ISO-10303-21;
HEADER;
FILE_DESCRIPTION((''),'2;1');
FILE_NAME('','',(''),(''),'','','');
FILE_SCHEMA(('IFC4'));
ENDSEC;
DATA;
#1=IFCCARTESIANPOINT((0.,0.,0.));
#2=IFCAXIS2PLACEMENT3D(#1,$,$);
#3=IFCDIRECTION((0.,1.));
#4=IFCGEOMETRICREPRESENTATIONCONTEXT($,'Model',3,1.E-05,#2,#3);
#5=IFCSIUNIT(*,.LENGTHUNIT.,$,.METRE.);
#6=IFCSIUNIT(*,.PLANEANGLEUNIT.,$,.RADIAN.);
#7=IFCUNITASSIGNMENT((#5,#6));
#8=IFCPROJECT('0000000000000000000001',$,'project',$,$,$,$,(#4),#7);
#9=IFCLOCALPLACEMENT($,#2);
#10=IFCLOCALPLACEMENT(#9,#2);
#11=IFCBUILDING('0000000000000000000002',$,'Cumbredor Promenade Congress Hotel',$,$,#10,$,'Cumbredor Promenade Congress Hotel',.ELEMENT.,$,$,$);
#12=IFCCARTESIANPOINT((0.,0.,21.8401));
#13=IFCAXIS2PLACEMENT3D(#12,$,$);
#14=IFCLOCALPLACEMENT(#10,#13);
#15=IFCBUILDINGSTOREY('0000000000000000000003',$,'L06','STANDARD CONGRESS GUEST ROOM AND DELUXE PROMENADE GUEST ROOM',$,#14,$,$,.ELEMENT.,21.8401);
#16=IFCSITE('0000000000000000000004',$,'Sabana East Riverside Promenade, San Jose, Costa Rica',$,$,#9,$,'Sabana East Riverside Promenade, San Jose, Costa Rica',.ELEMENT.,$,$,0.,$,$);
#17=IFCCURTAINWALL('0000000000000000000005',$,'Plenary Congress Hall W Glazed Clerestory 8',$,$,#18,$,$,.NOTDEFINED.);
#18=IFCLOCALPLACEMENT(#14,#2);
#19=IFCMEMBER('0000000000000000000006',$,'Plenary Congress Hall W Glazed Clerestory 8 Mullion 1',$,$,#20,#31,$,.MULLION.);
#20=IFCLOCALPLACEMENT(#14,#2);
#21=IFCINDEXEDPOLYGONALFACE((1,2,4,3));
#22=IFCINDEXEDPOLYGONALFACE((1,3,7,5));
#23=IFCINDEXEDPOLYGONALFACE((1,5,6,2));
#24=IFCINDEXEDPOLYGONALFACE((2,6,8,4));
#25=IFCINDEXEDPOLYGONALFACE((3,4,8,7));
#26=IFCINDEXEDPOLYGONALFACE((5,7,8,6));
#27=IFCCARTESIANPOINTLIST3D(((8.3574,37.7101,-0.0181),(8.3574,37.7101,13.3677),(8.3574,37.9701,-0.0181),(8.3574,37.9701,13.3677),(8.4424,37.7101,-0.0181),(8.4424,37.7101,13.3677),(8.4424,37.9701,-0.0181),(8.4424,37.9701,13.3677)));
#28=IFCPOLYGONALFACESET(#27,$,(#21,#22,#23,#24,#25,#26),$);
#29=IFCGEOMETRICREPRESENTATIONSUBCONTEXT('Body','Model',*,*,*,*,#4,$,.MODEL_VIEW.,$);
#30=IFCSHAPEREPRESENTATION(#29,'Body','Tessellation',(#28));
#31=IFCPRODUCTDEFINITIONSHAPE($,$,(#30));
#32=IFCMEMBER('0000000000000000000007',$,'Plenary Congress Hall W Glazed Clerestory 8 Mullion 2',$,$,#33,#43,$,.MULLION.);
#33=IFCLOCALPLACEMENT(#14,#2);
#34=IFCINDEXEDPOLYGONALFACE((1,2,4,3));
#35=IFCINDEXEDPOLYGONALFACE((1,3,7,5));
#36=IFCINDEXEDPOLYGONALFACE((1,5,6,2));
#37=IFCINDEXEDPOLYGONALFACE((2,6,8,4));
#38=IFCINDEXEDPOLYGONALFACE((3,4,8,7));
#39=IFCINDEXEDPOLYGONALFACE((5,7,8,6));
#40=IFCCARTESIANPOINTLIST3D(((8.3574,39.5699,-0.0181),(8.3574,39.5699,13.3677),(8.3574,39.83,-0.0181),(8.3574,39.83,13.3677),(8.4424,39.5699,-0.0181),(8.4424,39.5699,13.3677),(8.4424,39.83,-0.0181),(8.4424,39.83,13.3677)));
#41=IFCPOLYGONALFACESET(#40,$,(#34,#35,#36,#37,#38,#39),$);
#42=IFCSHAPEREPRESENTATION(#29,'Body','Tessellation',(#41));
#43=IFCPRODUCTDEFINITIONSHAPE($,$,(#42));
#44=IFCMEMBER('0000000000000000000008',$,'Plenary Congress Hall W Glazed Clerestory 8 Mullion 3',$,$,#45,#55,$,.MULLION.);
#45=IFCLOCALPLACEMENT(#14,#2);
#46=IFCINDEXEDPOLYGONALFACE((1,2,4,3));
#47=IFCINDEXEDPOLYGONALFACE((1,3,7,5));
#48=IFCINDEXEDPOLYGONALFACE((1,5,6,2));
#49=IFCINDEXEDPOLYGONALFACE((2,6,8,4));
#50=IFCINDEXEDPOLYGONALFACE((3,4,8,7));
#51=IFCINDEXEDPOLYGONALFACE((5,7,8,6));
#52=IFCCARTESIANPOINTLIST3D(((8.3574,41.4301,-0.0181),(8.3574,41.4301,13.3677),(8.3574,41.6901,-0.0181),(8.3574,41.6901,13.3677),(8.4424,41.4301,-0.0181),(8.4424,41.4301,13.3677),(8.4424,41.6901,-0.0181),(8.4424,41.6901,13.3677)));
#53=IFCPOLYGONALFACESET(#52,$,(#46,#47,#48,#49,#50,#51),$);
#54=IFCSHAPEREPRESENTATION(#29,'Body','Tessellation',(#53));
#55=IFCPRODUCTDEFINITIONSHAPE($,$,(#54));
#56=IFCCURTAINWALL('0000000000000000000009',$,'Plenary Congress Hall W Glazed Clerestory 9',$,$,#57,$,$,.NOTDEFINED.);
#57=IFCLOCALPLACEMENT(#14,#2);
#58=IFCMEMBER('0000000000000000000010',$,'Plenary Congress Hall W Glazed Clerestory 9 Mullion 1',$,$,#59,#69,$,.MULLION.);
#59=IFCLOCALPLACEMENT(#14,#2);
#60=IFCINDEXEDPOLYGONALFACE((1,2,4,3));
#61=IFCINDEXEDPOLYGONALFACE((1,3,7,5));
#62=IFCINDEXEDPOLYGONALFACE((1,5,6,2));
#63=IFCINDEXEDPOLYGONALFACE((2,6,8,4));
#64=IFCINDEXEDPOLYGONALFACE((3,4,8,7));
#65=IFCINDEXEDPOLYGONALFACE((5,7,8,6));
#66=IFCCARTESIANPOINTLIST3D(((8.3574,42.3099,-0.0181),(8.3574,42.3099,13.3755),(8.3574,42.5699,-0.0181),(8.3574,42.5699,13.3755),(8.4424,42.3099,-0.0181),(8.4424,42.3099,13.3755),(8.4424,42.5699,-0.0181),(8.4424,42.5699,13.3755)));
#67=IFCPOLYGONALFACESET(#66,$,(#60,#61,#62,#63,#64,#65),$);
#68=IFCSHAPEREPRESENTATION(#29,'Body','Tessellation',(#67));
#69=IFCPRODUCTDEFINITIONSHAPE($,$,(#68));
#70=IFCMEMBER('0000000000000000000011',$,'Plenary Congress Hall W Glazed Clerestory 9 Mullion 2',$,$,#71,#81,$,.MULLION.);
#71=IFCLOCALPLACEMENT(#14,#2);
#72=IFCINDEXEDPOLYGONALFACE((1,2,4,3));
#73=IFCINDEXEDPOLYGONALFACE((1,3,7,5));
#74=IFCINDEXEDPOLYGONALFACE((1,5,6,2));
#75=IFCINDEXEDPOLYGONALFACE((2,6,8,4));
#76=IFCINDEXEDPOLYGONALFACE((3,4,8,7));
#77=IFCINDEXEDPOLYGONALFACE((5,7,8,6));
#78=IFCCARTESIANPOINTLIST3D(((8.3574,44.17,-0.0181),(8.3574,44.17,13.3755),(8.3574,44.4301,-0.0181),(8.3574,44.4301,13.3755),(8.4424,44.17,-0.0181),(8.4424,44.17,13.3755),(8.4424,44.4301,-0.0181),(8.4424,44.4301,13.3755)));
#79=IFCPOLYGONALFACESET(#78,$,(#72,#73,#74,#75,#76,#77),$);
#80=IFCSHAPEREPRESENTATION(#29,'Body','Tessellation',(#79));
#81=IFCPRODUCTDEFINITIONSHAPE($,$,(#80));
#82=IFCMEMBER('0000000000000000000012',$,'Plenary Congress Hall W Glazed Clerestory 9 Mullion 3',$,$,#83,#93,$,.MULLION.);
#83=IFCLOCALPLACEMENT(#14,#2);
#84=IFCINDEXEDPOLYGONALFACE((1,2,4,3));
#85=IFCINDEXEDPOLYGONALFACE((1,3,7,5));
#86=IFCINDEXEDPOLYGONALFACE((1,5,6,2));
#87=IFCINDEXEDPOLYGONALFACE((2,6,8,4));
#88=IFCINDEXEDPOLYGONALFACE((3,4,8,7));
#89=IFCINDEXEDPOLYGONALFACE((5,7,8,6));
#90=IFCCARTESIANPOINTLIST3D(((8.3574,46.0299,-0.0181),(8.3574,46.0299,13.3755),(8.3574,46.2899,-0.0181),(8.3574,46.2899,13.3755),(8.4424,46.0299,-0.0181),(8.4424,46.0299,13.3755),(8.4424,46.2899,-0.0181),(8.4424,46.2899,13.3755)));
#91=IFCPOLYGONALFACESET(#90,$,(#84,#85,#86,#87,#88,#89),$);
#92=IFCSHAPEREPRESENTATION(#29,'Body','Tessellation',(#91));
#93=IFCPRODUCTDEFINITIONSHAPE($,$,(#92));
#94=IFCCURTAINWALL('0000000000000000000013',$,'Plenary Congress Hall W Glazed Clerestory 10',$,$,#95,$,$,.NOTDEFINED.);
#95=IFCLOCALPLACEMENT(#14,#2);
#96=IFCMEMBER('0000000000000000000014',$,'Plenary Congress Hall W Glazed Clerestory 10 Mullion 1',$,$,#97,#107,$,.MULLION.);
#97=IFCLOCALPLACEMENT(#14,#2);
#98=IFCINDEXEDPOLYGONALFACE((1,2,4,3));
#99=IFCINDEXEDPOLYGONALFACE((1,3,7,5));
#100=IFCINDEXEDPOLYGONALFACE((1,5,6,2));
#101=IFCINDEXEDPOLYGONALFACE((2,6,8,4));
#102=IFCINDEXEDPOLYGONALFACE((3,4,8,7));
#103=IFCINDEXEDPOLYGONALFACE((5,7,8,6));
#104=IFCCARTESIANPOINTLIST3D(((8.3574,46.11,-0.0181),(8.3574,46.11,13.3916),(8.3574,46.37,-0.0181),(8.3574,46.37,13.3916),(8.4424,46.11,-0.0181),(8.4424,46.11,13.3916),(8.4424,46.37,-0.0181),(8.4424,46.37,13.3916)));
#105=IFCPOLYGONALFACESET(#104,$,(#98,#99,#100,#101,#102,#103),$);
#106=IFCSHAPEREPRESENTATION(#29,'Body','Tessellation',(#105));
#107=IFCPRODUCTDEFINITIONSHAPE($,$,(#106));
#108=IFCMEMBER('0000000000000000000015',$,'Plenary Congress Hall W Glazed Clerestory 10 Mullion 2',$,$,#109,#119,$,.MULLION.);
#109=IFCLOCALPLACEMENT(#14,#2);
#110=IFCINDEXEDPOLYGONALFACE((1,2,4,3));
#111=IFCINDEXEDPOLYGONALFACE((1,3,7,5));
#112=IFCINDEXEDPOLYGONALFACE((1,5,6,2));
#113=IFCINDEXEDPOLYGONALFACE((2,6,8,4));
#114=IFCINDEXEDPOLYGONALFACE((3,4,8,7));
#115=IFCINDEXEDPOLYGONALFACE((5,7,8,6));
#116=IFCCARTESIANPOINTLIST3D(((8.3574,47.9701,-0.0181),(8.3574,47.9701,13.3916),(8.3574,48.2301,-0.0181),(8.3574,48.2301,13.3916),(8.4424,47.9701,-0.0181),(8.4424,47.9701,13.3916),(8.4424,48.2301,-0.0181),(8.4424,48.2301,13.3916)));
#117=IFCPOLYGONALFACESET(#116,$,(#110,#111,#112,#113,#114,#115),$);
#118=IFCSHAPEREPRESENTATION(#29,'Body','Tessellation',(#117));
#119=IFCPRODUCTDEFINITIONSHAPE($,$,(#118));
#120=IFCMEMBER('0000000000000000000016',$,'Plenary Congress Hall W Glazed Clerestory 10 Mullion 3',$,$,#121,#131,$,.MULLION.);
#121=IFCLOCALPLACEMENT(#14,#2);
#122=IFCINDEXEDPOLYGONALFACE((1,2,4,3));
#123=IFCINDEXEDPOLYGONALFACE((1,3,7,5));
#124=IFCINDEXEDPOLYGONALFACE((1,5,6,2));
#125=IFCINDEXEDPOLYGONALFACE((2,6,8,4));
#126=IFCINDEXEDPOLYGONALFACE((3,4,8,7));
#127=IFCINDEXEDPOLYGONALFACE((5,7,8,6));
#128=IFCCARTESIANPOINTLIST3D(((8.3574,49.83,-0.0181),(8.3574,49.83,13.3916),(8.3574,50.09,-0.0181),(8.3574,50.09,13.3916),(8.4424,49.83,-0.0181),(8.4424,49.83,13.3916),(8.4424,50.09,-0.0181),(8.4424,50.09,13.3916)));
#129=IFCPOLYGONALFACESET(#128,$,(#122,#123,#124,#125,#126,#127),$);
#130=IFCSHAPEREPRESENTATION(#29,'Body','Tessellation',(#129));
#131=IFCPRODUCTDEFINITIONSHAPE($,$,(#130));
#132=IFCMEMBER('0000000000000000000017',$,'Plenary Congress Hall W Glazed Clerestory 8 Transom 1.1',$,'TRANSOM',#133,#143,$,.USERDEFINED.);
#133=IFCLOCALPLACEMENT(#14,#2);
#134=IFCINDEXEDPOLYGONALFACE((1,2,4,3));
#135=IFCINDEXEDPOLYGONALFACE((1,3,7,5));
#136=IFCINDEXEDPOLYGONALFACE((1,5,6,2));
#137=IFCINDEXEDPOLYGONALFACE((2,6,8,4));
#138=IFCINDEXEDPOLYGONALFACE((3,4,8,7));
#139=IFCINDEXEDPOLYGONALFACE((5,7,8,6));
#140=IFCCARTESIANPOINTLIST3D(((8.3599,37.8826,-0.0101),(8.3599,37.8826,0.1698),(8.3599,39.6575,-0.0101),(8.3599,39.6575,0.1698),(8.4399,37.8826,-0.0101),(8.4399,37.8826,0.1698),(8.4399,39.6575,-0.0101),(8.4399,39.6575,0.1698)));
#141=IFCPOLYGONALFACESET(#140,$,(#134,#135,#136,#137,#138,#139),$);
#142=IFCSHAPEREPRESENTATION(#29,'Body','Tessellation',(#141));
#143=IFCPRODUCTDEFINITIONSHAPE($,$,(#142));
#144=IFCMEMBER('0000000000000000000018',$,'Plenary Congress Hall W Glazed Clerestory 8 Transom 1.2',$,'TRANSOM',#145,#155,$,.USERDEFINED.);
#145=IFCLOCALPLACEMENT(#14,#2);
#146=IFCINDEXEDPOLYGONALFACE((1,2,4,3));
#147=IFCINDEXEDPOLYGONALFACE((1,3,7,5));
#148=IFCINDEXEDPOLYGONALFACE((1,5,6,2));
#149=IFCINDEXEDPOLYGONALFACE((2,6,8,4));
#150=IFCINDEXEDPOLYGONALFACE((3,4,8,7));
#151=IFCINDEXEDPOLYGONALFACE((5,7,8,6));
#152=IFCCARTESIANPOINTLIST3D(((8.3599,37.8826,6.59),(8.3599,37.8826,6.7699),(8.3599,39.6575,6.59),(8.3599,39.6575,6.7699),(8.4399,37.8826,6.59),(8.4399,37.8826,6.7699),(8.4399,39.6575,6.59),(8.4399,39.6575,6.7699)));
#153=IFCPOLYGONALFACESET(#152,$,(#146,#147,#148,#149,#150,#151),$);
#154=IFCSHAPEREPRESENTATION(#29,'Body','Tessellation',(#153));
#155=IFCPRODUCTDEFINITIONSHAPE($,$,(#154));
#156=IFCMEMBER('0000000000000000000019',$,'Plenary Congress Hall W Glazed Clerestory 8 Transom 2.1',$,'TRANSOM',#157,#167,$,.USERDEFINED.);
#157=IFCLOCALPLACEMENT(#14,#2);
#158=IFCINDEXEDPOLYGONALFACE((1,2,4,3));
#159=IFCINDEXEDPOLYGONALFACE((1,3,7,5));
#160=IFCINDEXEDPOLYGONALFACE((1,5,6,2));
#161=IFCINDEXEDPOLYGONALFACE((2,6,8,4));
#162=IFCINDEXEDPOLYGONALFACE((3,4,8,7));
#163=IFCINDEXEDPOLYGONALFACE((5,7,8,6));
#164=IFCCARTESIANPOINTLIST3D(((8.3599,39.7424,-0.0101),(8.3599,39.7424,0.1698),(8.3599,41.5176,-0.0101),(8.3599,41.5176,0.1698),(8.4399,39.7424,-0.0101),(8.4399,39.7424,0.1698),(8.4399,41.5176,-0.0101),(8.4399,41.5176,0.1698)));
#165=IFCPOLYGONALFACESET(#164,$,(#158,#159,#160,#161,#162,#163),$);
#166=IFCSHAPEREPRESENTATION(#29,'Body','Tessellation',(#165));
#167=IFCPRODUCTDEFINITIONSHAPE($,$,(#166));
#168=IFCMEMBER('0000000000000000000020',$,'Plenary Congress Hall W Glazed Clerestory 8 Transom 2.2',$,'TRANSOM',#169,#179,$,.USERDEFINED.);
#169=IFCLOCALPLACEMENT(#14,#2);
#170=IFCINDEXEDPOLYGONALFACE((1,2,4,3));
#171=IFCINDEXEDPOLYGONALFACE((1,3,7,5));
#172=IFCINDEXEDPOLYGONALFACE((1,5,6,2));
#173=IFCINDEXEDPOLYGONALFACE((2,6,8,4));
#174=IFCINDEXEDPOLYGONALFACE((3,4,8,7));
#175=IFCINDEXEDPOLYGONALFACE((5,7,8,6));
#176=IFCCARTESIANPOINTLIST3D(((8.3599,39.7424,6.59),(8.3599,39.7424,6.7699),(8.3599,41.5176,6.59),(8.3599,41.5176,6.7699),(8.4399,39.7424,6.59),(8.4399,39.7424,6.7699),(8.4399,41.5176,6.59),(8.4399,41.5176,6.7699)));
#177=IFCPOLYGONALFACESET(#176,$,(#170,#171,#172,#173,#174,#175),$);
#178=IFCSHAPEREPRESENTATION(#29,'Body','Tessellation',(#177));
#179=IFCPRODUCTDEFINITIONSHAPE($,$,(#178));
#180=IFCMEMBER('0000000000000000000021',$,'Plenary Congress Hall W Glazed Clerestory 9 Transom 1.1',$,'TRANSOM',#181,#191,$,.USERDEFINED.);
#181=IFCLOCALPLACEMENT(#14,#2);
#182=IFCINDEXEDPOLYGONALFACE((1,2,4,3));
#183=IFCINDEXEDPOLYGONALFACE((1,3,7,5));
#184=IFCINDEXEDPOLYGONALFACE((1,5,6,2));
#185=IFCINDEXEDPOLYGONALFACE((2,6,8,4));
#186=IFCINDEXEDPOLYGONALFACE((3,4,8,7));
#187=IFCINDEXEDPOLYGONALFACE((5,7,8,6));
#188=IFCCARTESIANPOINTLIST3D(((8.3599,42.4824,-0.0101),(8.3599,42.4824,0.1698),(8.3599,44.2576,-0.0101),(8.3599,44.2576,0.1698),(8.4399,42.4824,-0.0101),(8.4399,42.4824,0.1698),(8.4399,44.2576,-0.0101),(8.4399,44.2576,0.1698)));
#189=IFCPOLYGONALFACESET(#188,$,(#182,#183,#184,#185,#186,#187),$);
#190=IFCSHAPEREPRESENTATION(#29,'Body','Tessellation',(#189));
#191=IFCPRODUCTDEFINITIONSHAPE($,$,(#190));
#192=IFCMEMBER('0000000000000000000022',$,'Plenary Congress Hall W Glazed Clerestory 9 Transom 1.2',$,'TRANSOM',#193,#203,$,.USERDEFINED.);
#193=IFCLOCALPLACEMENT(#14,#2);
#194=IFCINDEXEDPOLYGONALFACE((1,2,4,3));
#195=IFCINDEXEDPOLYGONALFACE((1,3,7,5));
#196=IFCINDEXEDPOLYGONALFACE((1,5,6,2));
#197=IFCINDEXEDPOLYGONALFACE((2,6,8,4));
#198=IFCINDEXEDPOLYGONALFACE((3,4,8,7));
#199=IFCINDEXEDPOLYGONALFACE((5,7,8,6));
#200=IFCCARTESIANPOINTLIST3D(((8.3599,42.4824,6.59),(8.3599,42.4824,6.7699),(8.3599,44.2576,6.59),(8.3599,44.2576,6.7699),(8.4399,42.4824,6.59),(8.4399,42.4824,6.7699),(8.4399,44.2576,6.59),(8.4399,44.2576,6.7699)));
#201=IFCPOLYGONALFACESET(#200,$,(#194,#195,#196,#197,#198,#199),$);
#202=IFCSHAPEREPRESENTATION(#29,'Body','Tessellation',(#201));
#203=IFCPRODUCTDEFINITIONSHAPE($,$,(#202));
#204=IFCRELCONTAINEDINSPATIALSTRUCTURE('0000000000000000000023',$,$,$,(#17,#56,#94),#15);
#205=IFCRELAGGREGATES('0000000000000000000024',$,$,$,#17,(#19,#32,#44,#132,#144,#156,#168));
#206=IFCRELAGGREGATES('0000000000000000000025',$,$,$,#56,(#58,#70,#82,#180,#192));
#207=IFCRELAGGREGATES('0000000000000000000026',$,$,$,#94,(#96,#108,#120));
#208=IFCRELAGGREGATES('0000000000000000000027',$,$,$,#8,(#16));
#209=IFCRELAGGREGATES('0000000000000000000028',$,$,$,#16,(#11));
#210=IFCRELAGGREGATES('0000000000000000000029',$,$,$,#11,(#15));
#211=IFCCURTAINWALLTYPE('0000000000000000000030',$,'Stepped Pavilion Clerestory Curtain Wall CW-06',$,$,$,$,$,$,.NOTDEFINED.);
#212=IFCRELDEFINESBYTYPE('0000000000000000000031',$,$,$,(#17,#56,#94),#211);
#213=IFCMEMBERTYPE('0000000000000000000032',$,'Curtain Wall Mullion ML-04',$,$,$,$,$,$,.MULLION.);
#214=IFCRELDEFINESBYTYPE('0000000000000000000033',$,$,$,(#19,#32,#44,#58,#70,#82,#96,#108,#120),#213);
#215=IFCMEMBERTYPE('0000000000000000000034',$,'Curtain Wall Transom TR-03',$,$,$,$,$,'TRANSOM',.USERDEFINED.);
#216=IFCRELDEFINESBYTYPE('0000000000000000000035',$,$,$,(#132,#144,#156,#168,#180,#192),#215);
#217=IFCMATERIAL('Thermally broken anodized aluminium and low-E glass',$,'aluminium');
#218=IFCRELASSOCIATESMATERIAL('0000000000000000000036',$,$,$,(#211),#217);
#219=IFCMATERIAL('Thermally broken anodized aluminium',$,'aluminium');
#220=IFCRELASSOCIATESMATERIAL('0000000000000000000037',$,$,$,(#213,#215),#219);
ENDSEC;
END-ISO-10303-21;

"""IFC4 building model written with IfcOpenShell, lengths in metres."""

from ifc_helpers import new_model, si_unit, direction, frame, origin, origin_2d, place, context, subcontext, project, spatial, rectangle, extrude, material, material_profile, profile_set, type_object, element, aggregate, save


model = new_model("IFC4")

# Units and contexts
model_context = context("Model", 3, precision=1e-05, world=origin(), true_north=direction((0.0, 1.0)))
body_context = subcontext(model_context, "Body", "Model", "MODEL_VIEW")
ifc_project = project(units=[si_unit("LENGTHUNIT", "METRE"), si_unit("PLANEANGLEUNIT", "RADIAN")], contexts=[model_context])

# Site, building, storey
site_placement = place(None, origin())
site = spatial("IfcSite", under=ifc_project, at=site_placement, Name="Sabana East Riverside Promenade, San Jose, Costa Rica", LongName="Sabana East Riverside Promenade, San Jose, Costa Rica", CompositionType="ELEMENT", RefElevation=0.0)
building_placement = place(site_placement, origin())
building = spatial("IfcBuilding", under=site, at=building_placement, Name="Cumbredor Promenade Congress Hotel", LongName="Cumbredor Promenade Congress Hotel", CompositionType="ELEMENT")
storey_placement = place(building_placement, frame((0.0, 0.0, 21.8401)))
storey = spatial("IfcBuildingStorey", under=building, at=storey_placement, Name="L06", Description="STANDARD CONGRESS GUEST ROOM AND DELUXE PROMENADE GUEST ROOM", CompositionType="ELEMENT", Elevation=21.8401)

# Curtain walls, members
ifc_material_1 = material(Name="Thermally broken anodized aluminium and low-E glass", Category="aluminium")
curtain_wall_type = type_object("IfcCurtainWallType", Name="Stepped Pavilion Clerestory Curtain Wall CW-06", PredefinedType="NOTDEFINED", material=ifc_material_1)
curtain_wall_1_placement = place(storey_placement, origin())
curtain_wall_1 = element("IfcCurtainWall", 1, at=curtain_wall_1_placement, inside=storey, type_object=curtain_wall_type, Name="Plenary Congress Hall W Glazed Clerestory 8", PredefinedType="NOTDEFINED")
ifc_material_2 = material(Name="Thermally broken anodized aluminium", Category="aluminium")
ifc_material_profile_1 = material_profile(ifc_material_2, rectangle(XDim=0.085, YDim=0.26, at=origin_2d()), Name="ALU MULLION CLERESTORY 85x260")
ifc_profile_set_1 = profile_set([ifc_material_profile_1], Name="Thermally broken anodized aluminium")
member_type_1 = type_object("IfcMemberType", Name="Curtain Wall Mullion ML-04", PredefinedType="MULLION", material=ifc_profile_set_1)
member_1_placement = place(storey_placement, frame((8.3999, 37.8401, -0.0181), z_axis=(0.0, 0.0, 1.0), x_axis=(1.0, 0.0, 0.0)))
member_1 = element("IfcMember", 2, at=member_1_placement, type_object=member_type_1, Name="Plenary Congress Hall W Glazed Clerestory 8 Mullion 1", PredefinedType="MULLION", context=body_context, shape_type="SweptSolid", body=[
    extrude(rectangle(XDim=0.085, YDim=0.26, at=origin_2d()), origin(), (0.0, 0.0, 1.0), 13.3857),
])
member_2_placement = place(storey_placement, frame((8.3999, 39.7, -0.0181), z_axis=(0.0, 0.0, 1.0), x_axis=(1.0, 0.0, 0.0)))
member_2 = element("IfcMember", 3, at=member_2_placement, type_object=member_type_1, Name="Plenary Congress Hall W Glazed Clerestory 8 Mullion 2", PredefinedType="MULLION", context=body_context, shape_type="SweptSolid", body=[
    extrude(rectangle(XDim=0.085, YDim=0.26, at=origin_2d()), origin(), (0.0, 0.0, 1.0), 13.3857),
])
member_3_placement = place(storey_placement, frame((8.3999, 41.5601, -0.0181), z_axis=(0.0, 0.0, 1.0), x_axis=(1.0, 0.0, 0.0)))
member_3 = element("IfcMember", 4, at=member_3_placement, type_object=member_type_1, Name="Plenary Congress Hall W Glazed Clerestory 8 Mullion 3", PredefinedType="MULLION", context=body_context, shape_type="SweptSolid", body=[
    extrude(rectangle(XDim=0.085, YDim=0.26, at=origin_2d()), origin(), (0.0, 0.0, 1.0), 13.3857),
])
curtain_wall_2_placement = place(storey_placement, origin())
curtain_wall_2 = element("IfcCurtainWall", 5, at=curtain_wall_2_placement, inside=storey, type_object=curtain_wall_type, Name="Plenary Congress Hall W Glazed Clerestory 9", PredefinedType="NOTDEFINED")
member_4_placement = place(storey_placement, frame((8.3999, 42.4399, -0.0181), z_axis=(0.0, 0.0, 1.0), x_axis=(1.0, 0.0, 0.0)))
member_4 = element("IfcMember", 6, at=member_4_placement, type_object=member_type_1, Name="Plenary Congress Hall W Glazed Clerestory 9 Mullion 1", PredefinedType="MULLION", context=body_context, shape_type="SweptSolid", body=[
    extrude(rectangle(XDim=0.085, YDim=0.26, at=origin_2d()), origin(), (0.0, 0.0, 1.0), 13.3936),
])
member_5_placement = place(storey_placement, frame((8.3999, 44.3, -0.0181), z_axis=(0.0, 0.0, 1.0), x_axis=(1.0, 0.0, 0.0)))
member_5 = element("IfcMember", 7, at=member_5_placement, type_object=member_type_1, Name="Plenary Congress Hall W Glazed Clerestory 9 Mullion 2", PredefinedType="MULLION", context=body_context, shape_type="SweptSolid", body=[
    extrude(rectangle(XDim=0.085, YDim=0.26, at=origin_2d()), origin(), (0.0, 0.0, 1.0), 13.3936),
])
member_6_placement = place(storey_placement, frame((8.3999, 46.1599, -0.0181), z_axis=(0.0, 0.0, 1.0), x_axis=(1.0, 0.0, 0.0)))
member_6 = element("IfcMember", 8, at=member_6_placement, type_object=member_type_1, Name="Plenary Congress Hall W Glazed Clerestory 9 Mullion 3", PredefinedType="MULLION", context=body_context, shape_type="SweptSolid", body=[
    extrude(rectangle(XDim=0.085, YDim=0.26, at=origin_2d()), origin(), (0.0, 0.0, 1.0), 13.3936),
])
curtain_wall_3_placement = place(storey_placement, origin())
curtain_wall_3 = element("IfcCurtainWall", 9, at=curtain_wall_3_placement, inside=storey, type_object=curtain_wall_type, Name="Plenary Congress Hall W Glazed Clerestory 10", PredefinedType="NOTDEFINED")
member_7_placement = place(storey_placement, frame((8.3999, 46.24, -0.0181), z_axis=(0.0, 0.0, 1.0), x_axis=(1.0, 0.0, 0.0)))
member_7 = element("IfcMember", 10, at=member_7_placement, type_object=member_type_1, Name="Plenary Congress Hall W Glazed Clerestory 10 Mullion 1", PredefinedType="MULLION", context=body_context, shape_type="SweptSolid", body=[
    extrude(rectangle(XDim=0.085, YDim=0.26, at=origin_2d()), origin(), (0.0, 0.0, 1.0), 13.4097),
])
member_8_placement = place(storey_placement, frame((8.3999, 48.1001, -0.0181), z_axis=(0.0, 0.0, 1.0), x_axis=(1.0, 0.0, 0.0)))
member_8 = element("IfcMember", 11, at=member_8_placement, type_object=member_type_1, Name="Plenary Congress Hall W Glazed Clerestory 10 Mullion 2", PredefinedType="MULLION", context=body_context, shape_type="SweptSolid", body=[
    extrude(rectangle(XDim=0.085, YDim=0.26, at=origin_2d()), origin(), (0.0, 0.0, 1.0), 13.4097),
])
member_9_placement = place(storey_placement, frame((8.3999, 49.96, -0.0181), z_axis=(0.0, 0.0, 1.0), x_axis=(1.0, 0.0, 0.0)))
member_9 = element("IfcMember", 12, at=member_9_placement, type_object=member_type_1, Name="Plenary Congress Hall W Glazed Clerestory 10 Mullion 3", PredefinedType="MULLION", context=body_context, shape_type="SweptSolid", body=[
    extrude(rectangle(XDim=0.085, YDim=0.26, at=origin_2d()), origin(), (0.0, 0.0, 1.0), 13.4097),
])

# Members
ifc_material_profile_2 = material_profile(ifc_material_2, rectangle(XDim=0.0801, YDim=0.1799, at=origin_2d()), Name="ALU TRANSOM 80x180")
ifc_profile_set_2 = profile_set([ifc_material_profile_2], Name="Thermally broken anodized aluminium")
member_type_2 = type_object("IfcMemberType", Name="Curtain Wall Transom TR-03", ElementType="TRANSOM", PredefinedType="USERDEFINED", material=ifc_profile_set_2)
member_10_placement = place(storey_placement, frame((8.3999, 37.8826, 0.0798), z_axis=(0.0, 1.0, 0.0), x_axis=(-1.0, 0.0, 0.0)))
member_10 = element("IfcMember", 13, at=member_10_placement, type_object=member_type_2, Name="Plenary Congress Hall W Glazed Clerestory 8 Transom 1.1", ObjectType="TRANSOM", PredefinedType="USERDEFINED", context=body_context, shape_type="SweptSolid", body=[
    extrude(rectangle(XDim=0.0801, YDim=0.1799, at=origin_2d()), origin(), (0.0, 0.0, 1.0), 1.7749),
])
member_11_placement = place(storey_placement, frame((8.3999, 37.8826, 6.6799), z_axis=(0.0, 1.0, 0.0), x_axis=(-1.0, 0.0, 0.0)))
member_11 = element("IfcMember", 14, at=member_11_placement, type_object=member_type_2, Name="Plenary Congress Hall W Glazed Clerestory 8 Transom 1.2", ObjectType="TRANSOM", PredefinedType="USERDEFINED", context=body_context, shape_type="SweptSolid", body=[
    extrude(rectangle(XDim=0.0801, YDim=0.1799, at=origin_2d()), origin(), (0.0, 0.0, 1.0), 1.7749),
])
member_12_placement = place(storey_placement, frame((8.3999, 39.7424, 0.0798), z_axis=(0.0, 1.0, 0.0), x_axis=(-1.0, 0.0, 0.0)))
member_12 = element("IfcMember", 15, at=member_12_placement, type_object=member_type_2, Name="Plenary Congress Hall W Glazed Clerestory 8 Transom 2.1", ObjectType="TRANSOM", PredefinedType="USERDEFINED", context=body_context, shape_type="SweptSolid", body=[
    extrude(rectangle(XDim=0.0801, YDim=0.1799, at=origin_2d()), origin(), (0.0, 0.0, 1.0), 1.7751),
])
member_13_placement = place(storey_placement, frame((8.3999, 39.7424, 6.6799), z_axis=(0.0, 1.0, 0.0), x_axis=(-1.0, 0.0, 0.0)))
member_13 = element("IfcMember", 16, at=member_13_placement, type_object=member_type_2, Name="Plenary Congress Hall W Glazed Clerestory 8 Transom 2.2", ObjectType="TRANSOM", PredefinedType="USERDEFINED", context=body_context, shape_type="SweptSolid", body=[
    extrude(rectangle(XDim=0.0801, YDim=0.1799, at=origin_2d()), origin(), (0.0, 0.0, 1.0), 1.7751),
])
member_14_placement = place(storey_placement, frame((8.3999, 42.4824, 0.0798), z_axis=(0.0, 1.0, 0.0), x_axis=(-1.0, 0.0, 0.0)))
member_14 = element("IfcMember", 17, at=member_14_placement, type_object=member_type_2, Name="Plenary Congress Hall W Glazed Clerestory 9 Transom 1.1", ObjectType="TRANSOM", PredefinedType="USERDEFINED", context=body_context, shape_type="SweptSolid", body=[
    extrude(rectangle(XDim=0.0801, YDim=0.1799, at=origin_2d()), origin(), (0.0, 0.0, 1.0), 1.7751),
])
member_15_placement = place(storey_placement, frame((8.3999, 42.4824, 6.6799), z_axis=(0.0, 1.0, 0.0), x_axis=(-1.0, 0.0, 0.0)))
member_15 = element("IfcMember", 18, at=member_15_placement, type_object=member_type_2, Name="Plenary Congress Hall W Glazed Clerestory 9 Transom 1.2", ObjectType="TRANSOM", PredefinedType="USERDEFINED", context=body_context, shape_type="SweptSolid", body=[
    extrude(rectangle(XDim=0.0801, YDim=0.1799, at=origin_2d()), origin(), (0.0, 0.0, 1.0), 1.7751),
])

aggregate(curtain_wall_1, [member_1, member_2, member_3, member_10, member_11, member_12, member_13])
aggregate(curtain_wall_2, [member_4, member_5, member_6, member_14, member_15])
aggregate(curtain_wall_3, [member_7, member_8, member_9])

save(model, "model.ifc")
